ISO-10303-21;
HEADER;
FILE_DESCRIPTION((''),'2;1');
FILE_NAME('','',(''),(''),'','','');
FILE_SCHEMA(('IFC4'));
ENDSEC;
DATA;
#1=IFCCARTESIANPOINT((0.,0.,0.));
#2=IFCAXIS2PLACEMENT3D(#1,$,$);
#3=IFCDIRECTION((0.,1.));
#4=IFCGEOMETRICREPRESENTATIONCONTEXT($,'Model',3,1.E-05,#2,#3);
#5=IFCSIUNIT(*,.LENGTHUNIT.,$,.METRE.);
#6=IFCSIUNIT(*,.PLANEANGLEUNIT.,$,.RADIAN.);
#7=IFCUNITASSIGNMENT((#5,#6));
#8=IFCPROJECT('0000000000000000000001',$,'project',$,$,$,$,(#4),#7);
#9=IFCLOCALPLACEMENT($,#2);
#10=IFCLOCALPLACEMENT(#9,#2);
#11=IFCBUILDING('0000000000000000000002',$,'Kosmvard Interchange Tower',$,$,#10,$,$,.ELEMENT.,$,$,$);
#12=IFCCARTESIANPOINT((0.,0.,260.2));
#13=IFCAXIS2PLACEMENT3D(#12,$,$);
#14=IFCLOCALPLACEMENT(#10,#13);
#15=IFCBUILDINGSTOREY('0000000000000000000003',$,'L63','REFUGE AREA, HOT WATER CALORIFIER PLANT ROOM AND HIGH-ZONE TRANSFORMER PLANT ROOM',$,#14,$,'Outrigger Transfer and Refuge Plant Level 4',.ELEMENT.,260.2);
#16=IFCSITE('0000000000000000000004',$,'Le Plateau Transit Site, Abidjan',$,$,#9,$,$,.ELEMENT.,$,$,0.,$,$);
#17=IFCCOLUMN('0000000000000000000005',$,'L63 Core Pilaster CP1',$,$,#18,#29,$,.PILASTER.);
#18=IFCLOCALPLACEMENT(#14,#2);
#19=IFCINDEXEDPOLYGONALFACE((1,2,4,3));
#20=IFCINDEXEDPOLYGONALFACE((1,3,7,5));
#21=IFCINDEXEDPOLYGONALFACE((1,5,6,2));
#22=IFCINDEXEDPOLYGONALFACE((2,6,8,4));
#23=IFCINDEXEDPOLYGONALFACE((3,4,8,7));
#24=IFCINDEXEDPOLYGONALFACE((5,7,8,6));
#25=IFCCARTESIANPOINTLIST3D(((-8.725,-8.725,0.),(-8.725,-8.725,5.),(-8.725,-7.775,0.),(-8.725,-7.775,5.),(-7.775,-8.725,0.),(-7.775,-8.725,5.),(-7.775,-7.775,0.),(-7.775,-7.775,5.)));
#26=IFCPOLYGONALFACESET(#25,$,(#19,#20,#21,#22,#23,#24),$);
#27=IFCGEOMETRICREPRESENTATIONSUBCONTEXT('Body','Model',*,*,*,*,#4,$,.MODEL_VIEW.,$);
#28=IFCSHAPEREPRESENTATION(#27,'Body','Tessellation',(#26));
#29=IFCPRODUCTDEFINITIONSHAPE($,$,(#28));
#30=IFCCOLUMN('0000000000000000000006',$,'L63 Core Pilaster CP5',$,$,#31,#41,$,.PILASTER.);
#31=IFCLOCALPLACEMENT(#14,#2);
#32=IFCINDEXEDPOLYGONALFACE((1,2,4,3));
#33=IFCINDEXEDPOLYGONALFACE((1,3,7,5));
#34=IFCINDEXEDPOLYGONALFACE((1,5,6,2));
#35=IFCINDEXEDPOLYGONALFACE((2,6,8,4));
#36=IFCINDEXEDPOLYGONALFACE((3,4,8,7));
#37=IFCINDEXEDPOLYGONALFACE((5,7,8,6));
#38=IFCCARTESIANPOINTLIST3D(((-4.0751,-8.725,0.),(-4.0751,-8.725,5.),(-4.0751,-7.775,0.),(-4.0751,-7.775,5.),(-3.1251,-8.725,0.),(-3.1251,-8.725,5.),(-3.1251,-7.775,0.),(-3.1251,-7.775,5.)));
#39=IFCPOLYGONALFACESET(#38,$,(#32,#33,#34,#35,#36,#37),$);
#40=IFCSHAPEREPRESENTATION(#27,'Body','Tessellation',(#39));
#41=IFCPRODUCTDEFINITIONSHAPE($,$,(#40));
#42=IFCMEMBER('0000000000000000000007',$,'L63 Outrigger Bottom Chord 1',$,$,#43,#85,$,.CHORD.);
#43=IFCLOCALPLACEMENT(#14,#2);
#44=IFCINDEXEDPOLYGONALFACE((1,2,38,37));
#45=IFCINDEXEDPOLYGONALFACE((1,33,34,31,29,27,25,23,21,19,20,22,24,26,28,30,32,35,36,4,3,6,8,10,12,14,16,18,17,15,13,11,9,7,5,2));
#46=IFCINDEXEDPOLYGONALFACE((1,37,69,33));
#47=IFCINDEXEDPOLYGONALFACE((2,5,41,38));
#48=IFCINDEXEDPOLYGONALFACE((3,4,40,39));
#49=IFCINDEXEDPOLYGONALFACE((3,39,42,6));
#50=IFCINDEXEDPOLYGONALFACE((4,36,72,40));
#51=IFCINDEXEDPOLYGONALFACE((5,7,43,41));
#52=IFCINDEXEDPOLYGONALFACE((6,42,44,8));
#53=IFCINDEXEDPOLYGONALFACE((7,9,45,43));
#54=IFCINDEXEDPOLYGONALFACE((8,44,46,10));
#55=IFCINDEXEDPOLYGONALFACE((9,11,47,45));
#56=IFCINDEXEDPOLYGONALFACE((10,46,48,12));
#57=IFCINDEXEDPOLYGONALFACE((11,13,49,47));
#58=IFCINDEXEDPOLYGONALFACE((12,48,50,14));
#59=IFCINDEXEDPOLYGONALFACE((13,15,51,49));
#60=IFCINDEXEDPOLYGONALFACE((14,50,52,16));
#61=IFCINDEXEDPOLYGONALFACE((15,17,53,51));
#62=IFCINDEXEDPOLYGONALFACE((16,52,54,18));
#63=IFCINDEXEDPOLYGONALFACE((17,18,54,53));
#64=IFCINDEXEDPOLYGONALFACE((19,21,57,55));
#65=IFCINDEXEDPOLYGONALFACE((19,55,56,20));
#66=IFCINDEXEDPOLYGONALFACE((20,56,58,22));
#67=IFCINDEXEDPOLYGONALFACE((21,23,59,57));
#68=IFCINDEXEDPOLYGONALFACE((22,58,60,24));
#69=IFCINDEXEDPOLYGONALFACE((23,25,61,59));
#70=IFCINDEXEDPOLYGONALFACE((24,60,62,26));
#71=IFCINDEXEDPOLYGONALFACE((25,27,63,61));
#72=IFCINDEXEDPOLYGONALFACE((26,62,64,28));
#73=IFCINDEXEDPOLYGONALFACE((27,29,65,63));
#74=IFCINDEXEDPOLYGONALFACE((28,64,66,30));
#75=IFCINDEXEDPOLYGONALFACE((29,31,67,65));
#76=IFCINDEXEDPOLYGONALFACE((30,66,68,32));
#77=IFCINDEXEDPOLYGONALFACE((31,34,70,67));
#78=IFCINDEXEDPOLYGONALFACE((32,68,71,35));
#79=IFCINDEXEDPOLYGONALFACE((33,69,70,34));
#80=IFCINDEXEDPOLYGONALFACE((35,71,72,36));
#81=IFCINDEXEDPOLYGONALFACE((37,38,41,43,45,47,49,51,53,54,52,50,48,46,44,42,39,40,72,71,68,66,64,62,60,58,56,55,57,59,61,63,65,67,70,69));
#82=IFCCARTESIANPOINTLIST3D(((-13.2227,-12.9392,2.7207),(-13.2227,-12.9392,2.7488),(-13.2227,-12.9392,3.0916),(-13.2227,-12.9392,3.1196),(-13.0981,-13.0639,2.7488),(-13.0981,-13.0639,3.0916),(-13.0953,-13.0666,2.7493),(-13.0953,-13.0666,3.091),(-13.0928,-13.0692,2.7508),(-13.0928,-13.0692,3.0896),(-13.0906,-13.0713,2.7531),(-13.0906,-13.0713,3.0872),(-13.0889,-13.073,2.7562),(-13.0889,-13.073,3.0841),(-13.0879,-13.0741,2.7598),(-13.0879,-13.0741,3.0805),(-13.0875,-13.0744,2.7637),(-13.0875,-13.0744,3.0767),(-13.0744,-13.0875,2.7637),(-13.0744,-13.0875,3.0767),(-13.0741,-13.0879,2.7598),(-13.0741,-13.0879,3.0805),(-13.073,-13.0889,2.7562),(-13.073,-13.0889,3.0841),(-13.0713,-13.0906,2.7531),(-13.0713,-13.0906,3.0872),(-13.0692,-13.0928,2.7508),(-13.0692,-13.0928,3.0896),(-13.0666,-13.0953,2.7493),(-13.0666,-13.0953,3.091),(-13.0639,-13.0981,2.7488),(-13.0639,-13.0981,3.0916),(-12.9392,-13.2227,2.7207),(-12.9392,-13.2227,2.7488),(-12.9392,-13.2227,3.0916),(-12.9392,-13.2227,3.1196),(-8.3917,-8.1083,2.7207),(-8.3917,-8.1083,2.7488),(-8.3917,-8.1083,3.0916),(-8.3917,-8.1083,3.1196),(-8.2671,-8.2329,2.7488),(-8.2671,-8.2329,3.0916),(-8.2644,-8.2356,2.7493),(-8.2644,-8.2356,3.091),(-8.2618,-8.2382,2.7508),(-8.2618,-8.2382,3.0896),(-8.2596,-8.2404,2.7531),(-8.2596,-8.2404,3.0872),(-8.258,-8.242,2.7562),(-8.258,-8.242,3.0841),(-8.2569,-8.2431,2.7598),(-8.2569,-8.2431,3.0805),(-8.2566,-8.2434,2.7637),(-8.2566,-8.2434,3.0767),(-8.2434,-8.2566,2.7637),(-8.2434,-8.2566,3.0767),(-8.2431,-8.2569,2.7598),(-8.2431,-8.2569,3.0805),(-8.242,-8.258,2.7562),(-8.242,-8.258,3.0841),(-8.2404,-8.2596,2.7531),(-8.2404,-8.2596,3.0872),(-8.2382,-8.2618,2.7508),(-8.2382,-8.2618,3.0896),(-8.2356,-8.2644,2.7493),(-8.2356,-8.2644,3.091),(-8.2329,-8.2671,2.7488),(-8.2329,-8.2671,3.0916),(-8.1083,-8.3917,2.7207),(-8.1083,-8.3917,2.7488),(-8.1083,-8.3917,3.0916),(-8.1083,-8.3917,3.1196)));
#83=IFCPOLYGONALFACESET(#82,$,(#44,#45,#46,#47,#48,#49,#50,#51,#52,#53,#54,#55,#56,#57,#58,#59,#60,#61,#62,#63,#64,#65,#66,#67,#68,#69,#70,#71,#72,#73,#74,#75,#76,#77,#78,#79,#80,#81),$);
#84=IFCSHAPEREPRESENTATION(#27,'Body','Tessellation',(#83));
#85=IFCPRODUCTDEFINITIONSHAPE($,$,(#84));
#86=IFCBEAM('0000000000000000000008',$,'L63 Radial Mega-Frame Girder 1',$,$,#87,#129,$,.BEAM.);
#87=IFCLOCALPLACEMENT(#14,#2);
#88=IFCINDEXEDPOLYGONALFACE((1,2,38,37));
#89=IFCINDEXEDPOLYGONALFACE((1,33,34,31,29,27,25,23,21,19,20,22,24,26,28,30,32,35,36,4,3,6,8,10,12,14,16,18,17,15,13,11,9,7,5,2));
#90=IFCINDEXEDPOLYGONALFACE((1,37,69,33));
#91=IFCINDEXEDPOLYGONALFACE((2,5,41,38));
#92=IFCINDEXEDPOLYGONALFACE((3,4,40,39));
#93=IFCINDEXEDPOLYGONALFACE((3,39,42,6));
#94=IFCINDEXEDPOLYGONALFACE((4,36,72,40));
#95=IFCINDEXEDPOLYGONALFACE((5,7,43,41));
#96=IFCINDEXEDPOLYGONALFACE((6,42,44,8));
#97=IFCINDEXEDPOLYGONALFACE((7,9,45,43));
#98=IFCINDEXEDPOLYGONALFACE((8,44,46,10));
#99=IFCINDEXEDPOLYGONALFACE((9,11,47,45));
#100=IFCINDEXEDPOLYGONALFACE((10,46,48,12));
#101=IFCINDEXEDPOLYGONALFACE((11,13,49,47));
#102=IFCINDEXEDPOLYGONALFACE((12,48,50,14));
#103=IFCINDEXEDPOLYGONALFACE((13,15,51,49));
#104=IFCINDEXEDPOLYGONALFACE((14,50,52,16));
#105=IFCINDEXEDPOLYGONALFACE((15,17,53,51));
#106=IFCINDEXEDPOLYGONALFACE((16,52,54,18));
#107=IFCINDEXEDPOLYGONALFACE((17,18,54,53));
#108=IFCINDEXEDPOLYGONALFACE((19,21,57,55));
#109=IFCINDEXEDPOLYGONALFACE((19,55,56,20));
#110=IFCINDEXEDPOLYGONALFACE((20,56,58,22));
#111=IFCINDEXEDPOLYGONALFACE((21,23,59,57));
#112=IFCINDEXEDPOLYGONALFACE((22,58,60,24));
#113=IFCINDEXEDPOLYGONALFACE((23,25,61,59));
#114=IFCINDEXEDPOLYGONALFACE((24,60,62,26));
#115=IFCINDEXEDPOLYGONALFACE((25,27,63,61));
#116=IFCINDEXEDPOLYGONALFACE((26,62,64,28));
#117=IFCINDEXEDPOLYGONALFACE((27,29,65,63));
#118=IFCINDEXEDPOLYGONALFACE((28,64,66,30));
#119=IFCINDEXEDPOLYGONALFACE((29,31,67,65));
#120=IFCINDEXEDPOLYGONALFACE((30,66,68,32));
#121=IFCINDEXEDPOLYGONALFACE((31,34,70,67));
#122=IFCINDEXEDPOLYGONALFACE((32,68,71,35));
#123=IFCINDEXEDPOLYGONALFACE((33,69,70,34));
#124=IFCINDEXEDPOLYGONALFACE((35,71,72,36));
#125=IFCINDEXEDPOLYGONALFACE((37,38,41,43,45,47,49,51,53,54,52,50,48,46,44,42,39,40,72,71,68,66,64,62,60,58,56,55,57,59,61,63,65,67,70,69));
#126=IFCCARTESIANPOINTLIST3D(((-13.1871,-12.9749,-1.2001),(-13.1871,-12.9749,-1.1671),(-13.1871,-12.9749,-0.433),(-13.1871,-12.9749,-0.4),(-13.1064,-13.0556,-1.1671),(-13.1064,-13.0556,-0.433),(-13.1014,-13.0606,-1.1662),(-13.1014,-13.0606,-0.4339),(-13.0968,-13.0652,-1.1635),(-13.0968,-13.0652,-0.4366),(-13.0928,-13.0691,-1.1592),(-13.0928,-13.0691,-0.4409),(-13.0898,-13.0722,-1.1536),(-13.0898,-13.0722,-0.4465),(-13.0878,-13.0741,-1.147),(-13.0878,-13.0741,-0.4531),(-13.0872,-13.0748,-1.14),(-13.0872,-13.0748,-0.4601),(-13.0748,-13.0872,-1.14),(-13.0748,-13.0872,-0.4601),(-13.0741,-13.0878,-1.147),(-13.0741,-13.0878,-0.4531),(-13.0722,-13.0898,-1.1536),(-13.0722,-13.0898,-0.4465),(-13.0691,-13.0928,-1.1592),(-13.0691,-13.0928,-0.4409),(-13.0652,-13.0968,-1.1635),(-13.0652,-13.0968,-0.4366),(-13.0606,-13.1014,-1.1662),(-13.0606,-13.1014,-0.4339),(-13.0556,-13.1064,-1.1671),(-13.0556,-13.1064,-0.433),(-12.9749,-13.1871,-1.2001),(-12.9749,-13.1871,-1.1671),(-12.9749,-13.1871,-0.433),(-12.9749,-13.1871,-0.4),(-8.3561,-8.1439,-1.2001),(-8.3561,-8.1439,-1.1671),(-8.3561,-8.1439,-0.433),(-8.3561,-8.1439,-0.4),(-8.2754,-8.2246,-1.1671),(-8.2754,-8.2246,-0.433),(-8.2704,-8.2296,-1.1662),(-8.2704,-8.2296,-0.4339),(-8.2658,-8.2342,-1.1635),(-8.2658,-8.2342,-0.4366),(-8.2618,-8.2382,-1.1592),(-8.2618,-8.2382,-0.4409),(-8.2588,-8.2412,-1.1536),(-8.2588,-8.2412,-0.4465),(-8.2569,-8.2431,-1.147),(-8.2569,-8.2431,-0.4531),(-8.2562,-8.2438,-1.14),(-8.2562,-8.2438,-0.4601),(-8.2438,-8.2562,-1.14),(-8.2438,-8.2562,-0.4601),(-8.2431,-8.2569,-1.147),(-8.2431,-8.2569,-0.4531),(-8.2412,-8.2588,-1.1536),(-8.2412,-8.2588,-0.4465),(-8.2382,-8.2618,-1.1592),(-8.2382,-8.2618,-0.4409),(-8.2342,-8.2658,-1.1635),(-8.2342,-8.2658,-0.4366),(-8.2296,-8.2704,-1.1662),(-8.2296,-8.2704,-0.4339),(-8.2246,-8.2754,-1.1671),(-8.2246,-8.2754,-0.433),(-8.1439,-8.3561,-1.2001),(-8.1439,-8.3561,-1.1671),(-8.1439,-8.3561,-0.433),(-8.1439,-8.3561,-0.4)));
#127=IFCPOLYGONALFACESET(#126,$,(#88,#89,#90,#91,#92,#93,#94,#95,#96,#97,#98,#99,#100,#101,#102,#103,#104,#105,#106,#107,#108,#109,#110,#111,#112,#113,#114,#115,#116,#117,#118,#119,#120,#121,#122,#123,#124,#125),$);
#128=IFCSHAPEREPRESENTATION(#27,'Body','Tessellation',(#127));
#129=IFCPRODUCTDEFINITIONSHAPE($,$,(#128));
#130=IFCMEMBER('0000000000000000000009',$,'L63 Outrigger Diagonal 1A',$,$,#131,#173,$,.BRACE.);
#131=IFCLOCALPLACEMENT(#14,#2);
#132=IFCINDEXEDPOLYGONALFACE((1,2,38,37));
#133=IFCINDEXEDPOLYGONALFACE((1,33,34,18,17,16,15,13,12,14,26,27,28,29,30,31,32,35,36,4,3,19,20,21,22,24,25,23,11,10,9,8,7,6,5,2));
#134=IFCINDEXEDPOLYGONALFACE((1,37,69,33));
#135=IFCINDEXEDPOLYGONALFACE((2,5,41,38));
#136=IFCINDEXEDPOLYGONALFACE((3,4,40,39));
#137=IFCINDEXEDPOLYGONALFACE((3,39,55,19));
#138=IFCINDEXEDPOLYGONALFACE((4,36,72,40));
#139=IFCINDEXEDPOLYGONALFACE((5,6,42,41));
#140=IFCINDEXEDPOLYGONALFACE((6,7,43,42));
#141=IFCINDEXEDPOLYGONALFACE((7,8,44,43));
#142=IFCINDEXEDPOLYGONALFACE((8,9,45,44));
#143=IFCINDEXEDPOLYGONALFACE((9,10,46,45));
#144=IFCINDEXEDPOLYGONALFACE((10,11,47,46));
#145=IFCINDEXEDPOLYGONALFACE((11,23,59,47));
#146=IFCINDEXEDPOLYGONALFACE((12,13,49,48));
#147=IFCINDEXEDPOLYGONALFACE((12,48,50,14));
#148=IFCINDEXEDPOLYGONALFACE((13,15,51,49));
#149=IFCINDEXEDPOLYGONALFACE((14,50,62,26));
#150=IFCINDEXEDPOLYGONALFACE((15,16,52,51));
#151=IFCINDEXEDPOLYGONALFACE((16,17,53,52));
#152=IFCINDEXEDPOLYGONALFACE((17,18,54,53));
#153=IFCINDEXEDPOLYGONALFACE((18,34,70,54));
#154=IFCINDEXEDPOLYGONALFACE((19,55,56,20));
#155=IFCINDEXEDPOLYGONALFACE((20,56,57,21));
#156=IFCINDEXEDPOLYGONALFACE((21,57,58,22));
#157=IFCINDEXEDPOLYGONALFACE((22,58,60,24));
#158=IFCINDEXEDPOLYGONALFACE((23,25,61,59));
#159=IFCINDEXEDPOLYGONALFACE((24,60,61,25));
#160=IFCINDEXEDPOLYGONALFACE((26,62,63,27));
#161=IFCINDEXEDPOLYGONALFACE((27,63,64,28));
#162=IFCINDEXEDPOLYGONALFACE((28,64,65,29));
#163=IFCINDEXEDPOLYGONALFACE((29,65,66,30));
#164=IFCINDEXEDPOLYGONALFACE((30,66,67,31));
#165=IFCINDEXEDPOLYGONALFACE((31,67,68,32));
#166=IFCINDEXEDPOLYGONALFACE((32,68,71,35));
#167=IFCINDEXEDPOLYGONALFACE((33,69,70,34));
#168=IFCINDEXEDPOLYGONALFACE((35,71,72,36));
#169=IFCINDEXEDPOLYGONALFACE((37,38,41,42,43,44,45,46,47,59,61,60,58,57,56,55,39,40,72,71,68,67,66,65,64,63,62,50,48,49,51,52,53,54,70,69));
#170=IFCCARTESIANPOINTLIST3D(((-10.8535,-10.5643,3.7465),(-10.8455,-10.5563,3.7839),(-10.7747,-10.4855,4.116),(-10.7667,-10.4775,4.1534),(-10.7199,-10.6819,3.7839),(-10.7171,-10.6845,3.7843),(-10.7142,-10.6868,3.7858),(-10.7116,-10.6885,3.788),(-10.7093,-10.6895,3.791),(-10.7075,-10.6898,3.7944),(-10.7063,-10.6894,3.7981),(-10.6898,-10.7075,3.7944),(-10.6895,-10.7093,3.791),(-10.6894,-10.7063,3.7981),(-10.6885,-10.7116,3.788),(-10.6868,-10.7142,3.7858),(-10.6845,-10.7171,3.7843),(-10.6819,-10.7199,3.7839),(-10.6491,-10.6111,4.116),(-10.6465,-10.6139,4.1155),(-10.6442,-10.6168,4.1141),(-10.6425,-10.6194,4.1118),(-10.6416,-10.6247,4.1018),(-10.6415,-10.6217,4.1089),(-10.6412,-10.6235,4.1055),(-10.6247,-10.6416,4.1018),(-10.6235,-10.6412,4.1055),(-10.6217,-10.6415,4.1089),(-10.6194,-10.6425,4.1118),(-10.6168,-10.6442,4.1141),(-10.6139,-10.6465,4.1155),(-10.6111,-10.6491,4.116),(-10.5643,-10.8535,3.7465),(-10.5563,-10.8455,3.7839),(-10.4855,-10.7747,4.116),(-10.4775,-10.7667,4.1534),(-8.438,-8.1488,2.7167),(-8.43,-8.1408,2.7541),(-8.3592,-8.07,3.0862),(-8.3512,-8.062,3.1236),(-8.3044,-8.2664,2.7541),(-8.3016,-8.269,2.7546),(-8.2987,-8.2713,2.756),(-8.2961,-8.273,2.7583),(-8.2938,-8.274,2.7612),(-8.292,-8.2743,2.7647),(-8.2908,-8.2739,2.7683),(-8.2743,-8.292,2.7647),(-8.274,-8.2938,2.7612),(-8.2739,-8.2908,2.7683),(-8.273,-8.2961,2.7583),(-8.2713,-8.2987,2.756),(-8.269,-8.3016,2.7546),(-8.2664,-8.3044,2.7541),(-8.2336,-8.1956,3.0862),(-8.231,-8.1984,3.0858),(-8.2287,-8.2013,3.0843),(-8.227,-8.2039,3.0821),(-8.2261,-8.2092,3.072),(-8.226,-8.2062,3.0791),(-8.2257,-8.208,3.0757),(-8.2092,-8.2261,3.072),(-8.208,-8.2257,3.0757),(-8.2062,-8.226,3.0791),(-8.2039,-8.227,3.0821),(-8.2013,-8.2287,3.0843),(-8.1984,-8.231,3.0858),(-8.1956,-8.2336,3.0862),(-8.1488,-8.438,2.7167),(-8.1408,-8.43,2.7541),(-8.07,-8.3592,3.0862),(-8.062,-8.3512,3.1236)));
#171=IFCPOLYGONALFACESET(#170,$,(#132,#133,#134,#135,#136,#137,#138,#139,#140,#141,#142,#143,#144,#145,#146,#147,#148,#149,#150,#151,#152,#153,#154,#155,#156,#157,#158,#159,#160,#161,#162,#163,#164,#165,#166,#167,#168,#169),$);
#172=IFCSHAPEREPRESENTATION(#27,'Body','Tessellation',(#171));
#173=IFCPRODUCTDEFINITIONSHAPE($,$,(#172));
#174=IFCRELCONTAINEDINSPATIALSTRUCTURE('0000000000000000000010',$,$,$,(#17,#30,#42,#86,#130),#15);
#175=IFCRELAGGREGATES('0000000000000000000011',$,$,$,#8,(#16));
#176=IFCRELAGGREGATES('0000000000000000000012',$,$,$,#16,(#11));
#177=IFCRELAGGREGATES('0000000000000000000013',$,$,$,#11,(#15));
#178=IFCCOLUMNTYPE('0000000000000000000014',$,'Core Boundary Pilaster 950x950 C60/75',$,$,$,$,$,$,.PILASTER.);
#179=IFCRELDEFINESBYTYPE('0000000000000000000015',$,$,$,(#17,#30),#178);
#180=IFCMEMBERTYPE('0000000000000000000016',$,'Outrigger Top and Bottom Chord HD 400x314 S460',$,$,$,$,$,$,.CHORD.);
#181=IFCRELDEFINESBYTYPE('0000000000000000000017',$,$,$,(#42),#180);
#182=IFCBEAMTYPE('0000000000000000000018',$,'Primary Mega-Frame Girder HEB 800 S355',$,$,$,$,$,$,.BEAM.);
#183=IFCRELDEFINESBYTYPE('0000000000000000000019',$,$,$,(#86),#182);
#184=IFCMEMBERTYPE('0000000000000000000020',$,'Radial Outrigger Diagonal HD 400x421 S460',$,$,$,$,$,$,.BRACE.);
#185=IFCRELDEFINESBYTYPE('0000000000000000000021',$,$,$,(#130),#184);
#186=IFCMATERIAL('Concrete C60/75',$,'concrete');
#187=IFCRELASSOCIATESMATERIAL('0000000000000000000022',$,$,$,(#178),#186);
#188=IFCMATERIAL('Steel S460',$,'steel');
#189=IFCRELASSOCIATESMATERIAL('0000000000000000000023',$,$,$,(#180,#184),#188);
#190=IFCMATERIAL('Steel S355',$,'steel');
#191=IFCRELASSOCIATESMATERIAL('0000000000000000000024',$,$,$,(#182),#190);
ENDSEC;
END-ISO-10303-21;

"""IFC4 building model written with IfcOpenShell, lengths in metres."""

from ifc_helpers import new_model, si_unit, direction, frame, origin, origin_2d, place, context, subcontext, project, spatial, rectangle, i_section, extrude, source, transform, mapped, material, material_profile, profile_set, type_object, element, save


model = new_model("IFC4")

# Units and contexts
model_context = context("Model", 3, precision=1e-05, world=origin(), true_north=direction((0.0, 1.0)))
body_context = subcontext(model_context, "Body", "Model", "MODEL_VIEW")
ifc_project = project(units=[si_unit("LENGTHUNIT", "METRE"), si_unit("PLANEANGLEUNIT", "RADIAN")], contexts=[model_context])

# Site, building, storey
site_placement = place(None, origin())
site = spatial("IfcSite", under=ifc_project, at=site_placement, Name="Le Plateau Transit Site, Abidjan", CompositionType="ELEMENT", RefElevation=0.0)
building_placement = place(site_placement, origin())
building = spatial("IfcBuilding", under=site, at=building_placement, Name="Kosmvard Interchange Tower", CompositionType="ELEMENT")
storey_placement = place(building_placement, frame((0.0, 0.0, 260.2)))
storey = spatial("IfcBuildingStorey", under=building, at=storey_placement, Name="L63", Description="REFUGE AREA, HOT WATER CALORIFIER PLANT ROOM AND HIGH-ZONE TRANSFORMER PLANT ROOM", LongName="Outrigger Transfer and Refuge Plant Level 4", CompositionType="ELEMENT", Elevation=260.2)

# Columns
ifc_material_1 = material(Name="Concrete C60/75", Category="concrete")
ifc_material_profile_1 = material_profile(ifc_material_1, rectangle(XDim=0.95, YDim=0.95, at=origin_2d()), Name="CP 950x950")
ifc_profile_set_1 = profile_set([ifc_material_profile_1], Name="Concrete C60/75")
column_type = type_object("IfcColumnType", Name="Core Boundary Pilaster 950x950 C60/75", PredefinedType="PILASTER", material=ifc_profile_set_1)
shared_shape_1 = source(origin(), body_context, "Body", "SweptSolid", [
    extrude(rectangle(XDim=0.95, YDim=0.95, at=origin_2d()), origin(), (0.0, 0.0, 1.0), 5.0),
])
for number, where, z_axis, x_axis, name in (
    (1, (-8.25, -8.25, 0.0), (0.0, 0.0, 1.0), (1.0, 0.0, 0.0), "L63 Core Pilaster CP1"),
    (2, (-3.6001, -8.25, 0.0), (0.0, 0.0, 1.0), (1.0, 0.0, 0.0), "L63 Core Pilaster CP5"),
):
    element("IfcColumn", number, at=place(storey_placement, frame(where, z_axis=z_axis, x_axis=x_axis)), inside=storey, type_object=column_type, Name=name, PredefinedType="PILASTER", context=body_context, shape_type="MappedRepresentation", body=[
        mapped(shared_shape_1, transform((0.0, 0.0, 0.0), scale=1.0)),
    ])

# Member
ifc_material_2 = material(Name="Steel S460", Category="steel")
ifc_material_profile_2 = material_profile(ifc_material_2, i_section(OverallWidth=0.4009, OverallDepth=0.3989, WebThickness=0.0186, FlangeThickness=0.0281, FilletRadius=0.0149, at=origin_2d()), Name="HD 400x314")
ifc_profile_set_2 = profile_set([ifc_material_profile_2], Name="Steel S460")
member_type_1 = type_object("IfcMemberType", Name="Outrigger Top and Bottom Chord HD 400x314 S460", PredefinedType="CHORD", material=ifc_profile_set_2)
shared_shape_2 = source(origin(), body_context, "Body", "SweptSolid", [
    extrude(i_section(OverallWidth=0.4009, OverallDepth=0.3989, WebThickness=0.0186, FlangeThickness=0.0281, FilletRadius=0.0149, at=origin_2d()), origin(), (0.0, 0.0, 1.0), 6.832),
])
member_placement = place(storey_placement, frame((-8.25, -8.25, 2.9202), z_axis=(-0.707107, -0.707107, 0.0), x_axis=(0.707107, -0.707107, 0.0)))
element("IfcMember", 3, at=member_placement, inside=storey, type_object=member_type_1, Name="L63 Outrigger Bottom Chord 1", PredefinedType="CHORD", context=body_context, shape_type="MappedRepresentation", body=[
    mapped(shared_shape_2, transform((0.0, 0.0, 0.0), scale=1.0)),
])

# Beam
ifc_material_3 = material(Name="Steel S355", Category="steel")
ifc_material_profile_3 = material_profile(ifc_material_3, i_section(OverallWidth=0.3, OverallDepth=0.8, WebThickness=0.0176, FlangeThickness=0.033, FilletRadius=0.0271, at=origin_2d()), Name="HEB 800")
ifc_profile_set_3 = profile_set([ifc_material_profile_3], Name="Steel S355")
beam_type = type_object("IfcBeamType", Name="Primary Mega-Frame Girder HEB 800 S355", PredefinedType="BEAM", material=ifc_profile_set_3)
shared_shape_3 = source(origin(), body_context, "Body", "SweptSolid", [
    extrude(i_section(OverallWidth=0.3, OverallDepth=0.8, WebThickness=0.0176, FlangeThickness=0.033, FilletRadius=0.0271, at=origin_2d()), origin(), (0.0, 0.0, 1.0), 6.832),
])
beam_placement = place(storey_placement, frame((-8.25, -8.25, -0.8), z_axis=(-0.707107, -0.707107, 0.0), x_axis=(0.707107, -0.707107, 0.0)))
element("IfcBeam", 4, at=beam_placement, inside=storey, type_object=beam_type, Name="L63 Radial Mega-Frame Girder 1", PredefinedType="BEAM", context=body_context, shape_type="MappedRepresentation", body=[
    mapped(shared_shape_3, transform((0.0, 0.0, 0.0), scale=1.0)),
])

# Member
ifc_material_profile_4 = material_profile(ifc_material_2, i_section(OverallWidth=0.4089, OverallDepth=0.425, WebThickness=0.0239, FlangeThickness=0.0391, FilletRadius=0.0149, at=origin_2d()), Name="HD 400x421")
ifc_profile_set_4 = profile_set([ifc_material_profile_4], Name="Steel S460")
member_type_2 = type_object("IfcMemberType", Name="Radial Outrigger Diagonal HD 400x421 S460", PredefinedType="BRACE", material=ifc_profile_set_4)
shared_shape_4 = source(origin(), body_context, "Body", "SweptSolid", [
    extrude(i_section(OverallWidth=0.4089, OverallDepth=0.425, WebThickness=0.0239, FlangeThickness=0.0391, FilletRadius=0.0149, at=origin_2d()), origin(), (0.0, 0.0, 1.0), 3.5679),
])
for number, where, z_axis, x_axis, name in (
    (5, (-8.25, -8.25, 2.9202), (-0.677014, -0.677014, 0.288624), (0.707107, -0.707107, 0.0), "L63 Outrigger Diagonal 1A"),
):
    element("IfcMember", number, at=place(storey_placement, frame(where, z_axis=z_axis, x_axis=x_axis)), inside=storey, type_object=member_type_2, Name=name, PredefinedType="BRACE", context=body_context, shape_type="MappedRepresentation", body=[
        mapped(shared_shape_4, transform((0.0, 0.0, 0.0), scale=1.0)),
    ])

save(model, "model.ifc")
